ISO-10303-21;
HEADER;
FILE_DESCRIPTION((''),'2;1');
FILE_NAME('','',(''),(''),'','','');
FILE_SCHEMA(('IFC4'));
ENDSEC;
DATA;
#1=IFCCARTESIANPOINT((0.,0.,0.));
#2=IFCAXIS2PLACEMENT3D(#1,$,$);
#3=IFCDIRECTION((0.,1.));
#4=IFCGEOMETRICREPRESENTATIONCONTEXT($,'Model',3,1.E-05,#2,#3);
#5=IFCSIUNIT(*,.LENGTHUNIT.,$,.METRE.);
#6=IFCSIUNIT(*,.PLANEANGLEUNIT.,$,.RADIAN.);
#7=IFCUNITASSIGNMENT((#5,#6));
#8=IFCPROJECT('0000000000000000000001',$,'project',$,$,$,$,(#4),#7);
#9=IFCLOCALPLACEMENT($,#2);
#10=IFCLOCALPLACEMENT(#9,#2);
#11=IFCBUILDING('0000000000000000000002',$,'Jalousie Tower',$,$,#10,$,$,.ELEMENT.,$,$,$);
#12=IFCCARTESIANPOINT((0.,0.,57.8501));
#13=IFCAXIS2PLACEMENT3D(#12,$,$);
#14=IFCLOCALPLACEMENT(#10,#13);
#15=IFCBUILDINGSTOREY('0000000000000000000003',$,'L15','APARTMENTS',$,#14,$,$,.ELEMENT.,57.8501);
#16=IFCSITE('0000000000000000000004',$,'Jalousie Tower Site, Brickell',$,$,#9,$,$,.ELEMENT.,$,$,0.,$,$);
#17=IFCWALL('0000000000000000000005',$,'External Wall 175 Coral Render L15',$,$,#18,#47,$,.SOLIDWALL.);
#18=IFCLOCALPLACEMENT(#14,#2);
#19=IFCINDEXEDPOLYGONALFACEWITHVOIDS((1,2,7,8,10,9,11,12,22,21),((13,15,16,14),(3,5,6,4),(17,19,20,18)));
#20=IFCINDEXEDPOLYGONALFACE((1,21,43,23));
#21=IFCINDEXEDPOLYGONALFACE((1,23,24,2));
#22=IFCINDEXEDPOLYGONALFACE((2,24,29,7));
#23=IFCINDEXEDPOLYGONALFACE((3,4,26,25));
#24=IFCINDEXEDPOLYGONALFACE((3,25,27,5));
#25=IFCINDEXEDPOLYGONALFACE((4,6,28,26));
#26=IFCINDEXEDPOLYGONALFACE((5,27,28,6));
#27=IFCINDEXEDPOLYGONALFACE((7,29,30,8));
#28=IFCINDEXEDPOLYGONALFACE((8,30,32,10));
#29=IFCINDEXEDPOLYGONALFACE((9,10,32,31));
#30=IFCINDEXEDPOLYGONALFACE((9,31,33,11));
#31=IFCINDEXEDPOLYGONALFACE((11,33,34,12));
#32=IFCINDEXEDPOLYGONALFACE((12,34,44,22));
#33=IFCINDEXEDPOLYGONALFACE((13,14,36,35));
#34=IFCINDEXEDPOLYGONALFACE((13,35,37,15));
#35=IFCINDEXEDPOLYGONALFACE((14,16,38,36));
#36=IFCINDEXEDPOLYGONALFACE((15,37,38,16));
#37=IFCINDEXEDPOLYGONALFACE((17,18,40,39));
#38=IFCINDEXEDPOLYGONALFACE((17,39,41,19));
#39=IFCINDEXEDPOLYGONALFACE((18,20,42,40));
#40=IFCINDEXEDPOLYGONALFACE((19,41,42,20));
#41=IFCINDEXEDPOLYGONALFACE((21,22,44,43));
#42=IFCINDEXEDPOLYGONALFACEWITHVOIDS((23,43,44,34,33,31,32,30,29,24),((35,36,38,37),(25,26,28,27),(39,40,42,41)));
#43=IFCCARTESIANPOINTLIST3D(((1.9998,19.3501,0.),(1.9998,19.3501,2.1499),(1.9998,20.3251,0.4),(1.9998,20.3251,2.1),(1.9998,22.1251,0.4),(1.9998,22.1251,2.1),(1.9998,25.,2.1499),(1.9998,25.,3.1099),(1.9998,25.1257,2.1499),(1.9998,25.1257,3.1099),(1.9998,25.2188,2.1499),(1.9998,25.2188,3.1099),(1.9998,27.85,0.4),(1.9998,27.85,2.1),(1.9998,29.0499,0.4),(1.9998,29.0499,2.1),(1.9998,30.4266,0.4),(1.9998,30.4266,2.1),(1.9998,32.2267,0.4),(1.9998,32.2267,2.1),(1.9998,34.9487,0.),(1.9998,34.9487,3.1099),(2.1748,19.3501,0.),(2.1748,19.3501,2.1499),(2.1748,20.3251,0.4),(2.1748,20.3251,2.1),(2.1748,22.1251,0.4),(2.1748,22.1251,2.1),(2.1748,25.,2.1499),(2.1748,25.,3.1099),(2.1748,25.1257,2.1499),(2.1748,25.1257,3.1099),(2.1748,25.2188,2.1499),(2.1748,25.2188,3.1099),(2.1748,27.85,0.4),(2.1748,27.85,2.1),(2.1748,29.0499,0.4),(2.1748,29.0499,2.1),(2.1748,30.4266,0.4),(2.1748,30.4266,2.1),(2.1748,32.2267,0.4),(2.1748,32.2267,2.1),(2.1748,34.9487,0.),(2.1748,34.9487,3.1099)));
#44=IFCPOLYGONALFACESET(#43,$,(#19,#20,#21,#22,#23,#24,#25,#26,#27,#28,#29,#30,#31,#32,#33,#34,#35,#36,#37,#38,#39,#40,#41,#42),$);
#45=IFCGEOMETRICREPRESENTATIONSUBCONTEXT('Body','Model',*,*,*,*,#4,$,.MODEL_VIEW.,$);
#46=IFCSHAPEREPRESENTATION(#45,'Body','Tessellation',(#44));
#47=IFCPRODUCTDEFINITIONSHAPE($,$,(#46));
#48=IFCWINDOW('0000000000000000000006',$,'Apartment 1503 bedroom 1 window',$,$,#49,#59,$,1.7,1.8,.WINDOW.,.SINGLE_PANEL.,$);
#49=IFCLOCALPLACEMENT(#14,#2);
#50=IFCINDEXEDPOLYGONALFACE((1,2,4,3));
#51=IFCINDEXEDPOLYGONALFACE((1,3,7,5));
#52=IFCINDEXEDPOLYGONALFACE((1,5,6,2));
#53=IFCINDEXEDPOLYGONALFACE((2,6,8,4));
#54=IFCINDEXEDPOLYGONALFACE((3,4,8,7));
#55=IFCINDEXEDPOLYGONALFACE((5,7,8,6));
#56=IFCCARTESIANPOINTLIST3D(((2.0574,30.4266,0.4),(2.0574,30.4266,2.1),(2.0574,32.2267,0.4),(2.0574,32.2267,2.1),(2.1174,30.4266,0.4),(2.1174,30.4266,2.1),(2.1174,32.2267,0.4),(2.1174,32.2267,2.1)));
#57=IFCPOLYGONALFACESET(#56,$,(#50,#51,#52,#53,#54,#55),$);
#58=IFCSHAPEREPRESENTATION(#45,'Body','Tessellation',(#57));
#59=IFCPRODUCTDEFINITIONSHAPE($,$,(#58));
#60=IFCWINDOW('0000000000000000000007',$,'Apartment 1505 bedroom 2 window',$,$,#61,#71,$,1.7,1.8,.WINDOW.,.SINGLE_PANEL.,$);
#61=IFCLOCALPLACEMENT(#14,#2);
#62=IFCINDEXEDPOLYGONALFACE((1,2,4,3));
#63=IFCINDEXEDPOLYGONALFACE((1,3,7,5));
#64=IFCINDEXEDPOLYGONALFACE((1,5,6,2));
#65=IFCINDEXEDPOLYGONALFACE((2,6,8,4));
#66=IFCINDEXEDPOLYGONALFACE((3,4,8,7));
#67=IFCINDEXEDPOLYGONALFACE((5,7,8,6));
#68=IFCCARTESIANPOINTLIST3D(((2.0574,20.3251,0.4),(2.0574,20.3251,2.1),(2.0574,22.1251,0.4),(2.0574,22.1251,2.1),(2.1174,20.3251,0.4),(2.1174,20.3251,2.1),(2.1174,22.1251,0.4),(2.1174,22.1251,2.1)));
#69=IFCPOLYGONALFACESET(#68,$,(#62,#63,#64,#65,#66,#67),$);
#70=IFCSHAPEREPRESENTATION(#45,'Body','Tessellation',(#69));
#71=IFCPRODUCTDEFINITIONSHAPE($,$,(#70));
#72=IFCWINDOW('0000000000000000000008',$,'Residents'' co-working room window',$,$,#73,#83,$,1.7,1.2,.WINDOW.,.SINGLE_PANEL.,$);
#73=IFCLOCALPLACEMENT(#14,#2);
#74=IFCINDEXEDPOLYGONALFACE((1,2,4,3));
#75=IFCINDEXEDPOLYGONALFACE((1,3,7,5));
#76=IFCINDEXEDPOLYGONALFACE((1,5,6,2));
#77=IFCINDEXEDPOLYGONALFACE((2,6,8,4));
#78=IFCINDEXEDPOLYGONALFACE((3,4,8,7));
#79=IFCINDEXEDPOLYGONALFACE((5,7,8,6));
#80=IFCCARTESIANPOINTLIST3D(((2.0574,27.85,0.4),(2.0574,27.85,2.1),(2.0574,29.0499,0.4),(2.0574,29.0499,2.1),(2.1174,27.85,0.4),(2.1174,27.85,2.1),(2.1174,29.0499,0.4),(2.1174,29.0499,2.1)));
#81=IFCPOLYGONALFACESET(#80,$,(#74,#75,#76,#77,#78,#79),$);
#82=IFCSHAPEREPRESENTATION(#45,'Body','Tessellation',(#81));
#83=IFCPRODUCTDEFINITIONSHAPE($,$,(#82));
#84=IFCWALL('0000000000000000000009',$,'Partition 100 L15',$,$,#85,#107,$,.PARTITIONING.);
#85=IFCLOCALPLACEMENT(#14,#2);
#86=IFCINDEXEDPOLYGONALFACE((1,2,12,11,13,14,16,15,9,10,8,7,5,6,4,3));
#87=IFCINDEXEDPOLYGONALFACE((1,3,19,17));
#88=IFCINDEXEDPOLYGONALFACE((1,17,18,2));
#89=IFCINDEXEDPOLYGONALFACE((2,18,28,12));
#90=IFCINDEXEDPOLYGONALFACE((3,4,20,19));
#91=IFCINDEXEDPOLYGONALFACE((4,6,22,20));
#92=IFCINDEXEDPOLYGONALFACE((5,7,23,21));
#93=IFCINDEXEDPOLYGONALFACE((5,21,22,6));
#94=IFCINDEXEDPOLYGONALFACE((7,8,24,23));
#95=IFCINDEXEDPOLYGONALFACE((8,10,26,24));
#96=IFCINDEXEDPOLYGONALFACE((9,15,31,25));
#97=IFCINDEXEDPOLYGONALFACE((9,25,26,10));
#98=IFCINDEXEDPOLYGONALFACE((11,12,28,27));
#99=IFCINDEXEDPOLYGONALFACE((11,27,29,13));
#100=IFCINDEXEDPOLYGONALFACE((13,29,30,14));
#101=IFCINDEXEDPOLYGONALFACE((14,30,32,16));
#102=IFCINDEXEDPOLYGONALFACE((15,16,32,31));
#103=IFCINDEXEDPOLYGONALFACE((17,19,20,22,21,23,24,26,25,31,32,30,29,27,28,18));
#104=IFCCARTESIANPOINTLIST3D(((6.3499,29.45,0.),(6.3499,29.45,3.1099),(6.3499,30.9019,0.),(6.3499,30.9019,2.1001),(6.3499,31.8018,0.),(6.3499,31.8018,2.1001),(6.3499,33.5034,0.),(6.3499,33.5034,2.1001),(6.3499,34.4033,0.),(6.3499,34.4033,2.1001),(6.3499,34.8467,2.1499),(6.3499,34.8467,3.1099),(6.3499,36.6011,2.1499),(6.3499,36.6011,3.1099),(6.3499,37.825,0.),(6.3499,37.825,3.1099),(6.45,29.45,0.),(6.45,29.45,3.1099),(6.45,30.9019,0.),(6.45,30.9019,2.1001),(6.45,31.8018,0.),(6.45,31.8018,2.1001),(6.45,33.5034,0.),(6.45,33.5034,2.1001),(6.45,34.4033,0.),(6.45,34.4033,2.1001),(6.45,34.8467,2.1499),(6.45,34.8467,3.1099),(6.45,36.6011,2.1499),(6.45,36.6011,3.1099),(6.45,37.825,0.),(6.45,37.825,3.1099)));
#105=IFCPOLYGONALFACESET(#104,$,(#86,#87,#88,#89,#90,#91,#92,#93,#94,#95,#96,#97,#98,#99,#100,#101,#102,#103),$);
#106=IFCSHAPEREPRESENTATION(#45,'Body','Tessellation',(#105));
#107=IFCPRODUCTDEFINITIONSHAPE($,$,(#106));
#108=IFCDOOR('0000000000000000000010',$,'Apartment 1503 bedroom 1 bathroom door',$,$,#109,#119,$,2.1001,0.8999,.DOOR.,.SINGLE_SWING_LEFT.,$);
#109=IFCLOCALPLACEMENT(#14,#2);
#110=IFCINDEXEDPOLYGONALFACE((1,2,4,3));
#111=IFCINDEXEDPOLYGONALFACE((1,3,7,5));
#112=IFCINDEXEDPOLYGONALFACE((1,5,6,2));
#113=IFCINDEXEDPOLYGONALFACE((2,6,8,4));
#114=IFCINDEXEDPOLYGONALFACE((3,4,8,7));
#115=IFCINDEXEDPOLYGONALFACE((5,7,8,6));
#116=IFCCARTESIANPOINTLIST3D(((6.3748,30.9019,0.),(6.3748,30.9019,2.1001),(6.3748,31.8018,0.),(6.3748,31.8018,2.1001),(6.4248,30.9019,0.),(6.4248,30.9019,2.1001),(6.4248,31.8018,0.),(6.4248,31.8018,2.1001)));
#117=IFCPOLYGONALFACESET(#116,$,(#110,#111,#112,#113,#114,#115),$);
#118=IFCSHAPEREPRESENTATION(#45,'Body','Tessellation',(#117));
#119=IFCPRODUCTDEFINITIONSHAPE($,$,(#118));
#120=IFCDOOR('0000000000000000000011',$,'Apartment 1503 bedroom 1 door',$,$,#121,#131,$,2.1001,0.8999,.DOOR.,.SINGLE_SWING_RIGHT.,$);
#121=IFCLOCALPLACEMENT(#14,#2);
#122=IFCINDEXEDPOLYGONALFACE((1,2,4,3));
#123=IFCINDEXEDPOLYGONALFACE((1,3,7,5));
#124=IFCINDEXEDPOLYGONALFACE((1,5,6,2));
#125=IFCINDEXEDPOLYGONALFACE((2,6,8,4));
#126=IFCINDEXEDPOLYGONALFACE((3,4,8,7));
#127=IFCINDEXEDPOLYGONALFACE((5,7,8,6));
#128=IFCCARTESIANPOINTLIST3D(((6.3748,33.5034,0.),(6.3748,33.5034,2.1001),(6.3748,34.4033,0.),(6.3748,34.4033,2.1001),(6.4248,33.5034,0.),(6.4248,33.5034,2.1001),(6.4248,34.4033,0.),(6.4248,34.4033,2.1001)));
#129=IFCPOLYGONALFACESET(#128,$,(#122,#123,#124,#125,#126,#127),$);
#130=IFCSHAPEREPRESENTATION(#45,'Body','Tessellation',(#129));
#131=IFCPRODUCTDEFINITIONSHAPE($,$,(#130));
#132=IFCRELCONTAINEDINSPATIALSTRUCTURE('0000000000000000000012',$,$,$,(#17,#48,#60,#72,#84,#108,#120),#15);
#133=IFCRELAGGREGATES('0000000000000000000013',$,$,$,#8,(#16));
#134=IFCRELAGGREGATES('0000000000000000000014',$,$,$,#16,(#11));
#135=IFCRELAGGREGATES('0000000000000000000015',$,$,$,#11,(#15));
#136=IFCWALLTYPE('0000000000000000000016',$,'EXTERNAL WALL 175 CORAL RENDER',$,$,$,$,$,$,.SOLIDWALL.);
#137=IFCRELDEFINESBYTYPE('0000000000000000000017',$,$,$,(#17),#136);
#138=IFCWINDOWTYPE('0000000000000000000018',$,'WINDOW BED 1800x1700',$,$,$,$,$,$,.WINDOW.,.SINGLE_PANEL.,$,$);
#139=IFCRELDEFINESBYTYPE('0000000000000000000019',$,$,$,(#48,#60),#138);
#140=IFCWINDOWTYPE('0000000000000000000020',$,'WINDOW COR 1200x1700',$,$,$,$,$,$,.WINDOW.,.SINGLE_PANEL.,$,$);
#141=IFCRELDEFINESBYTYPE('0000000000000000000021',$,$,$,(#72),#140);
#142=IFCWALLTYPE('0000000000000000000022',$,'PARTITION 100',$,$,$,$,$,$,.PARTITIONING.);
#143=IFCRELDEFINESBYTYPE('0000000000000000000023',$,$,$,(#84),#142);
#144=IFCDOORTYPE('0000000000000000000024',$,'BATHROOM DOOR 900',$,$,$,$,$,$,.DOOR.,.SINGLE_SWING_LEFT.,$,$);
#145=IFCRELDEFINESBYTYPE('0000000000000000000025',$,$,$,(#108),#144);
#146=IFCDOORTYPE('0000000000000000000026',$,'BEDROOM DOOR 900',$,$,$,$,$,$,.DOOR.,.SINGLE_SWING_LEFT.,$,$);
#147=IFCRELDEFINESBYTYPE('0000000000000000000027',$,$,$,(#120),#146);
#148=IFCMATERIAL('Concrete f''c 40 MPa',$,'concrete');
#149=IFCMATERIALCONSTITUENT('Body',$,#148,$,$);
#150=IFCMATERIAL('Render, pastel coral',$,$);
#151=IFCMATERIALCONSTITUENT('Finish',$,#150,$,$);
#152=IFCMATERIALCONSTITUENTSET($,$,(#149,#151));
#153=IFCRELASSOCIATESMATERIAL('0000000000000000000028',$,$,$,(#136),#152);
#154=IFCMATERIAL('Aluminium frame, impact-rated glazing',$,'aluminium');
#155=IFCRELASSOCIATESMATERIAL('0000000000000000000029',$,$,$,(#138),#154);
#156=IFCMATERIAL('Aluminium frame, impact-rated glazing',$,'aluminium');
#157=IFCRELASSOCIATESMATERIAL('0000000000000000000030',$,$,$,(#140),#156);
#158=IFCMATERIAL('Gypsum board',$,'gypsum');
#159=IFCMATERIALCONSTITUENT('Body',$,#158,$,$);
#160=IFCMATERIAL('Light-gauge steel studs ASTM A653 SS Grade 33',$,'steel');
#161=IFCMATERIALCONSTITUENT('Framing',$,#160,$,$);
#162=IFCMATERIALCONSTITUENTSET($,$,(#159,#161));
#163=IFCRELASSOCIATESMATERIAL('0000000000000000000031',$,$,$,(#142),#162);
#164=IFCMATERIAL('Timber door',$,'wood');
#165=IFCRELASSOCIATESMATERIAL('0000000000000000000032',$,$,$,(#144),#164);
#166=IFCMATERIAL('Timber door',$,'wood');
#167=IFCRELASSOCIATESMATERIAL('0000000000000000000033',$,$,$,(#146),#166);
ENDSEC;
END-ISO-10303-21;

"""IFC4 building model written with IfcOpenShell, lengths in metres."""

from ifc_helpers import new_model, si_unit, direction, frame, frame_2d, origin, place, context, subcontext, project, spatial, polyline, rectangle, outline, extrude, material, constituent, constituent_set, type_object, element, fill, save


model = new_model("IFC4")

# Units and contexts
model_context = context("Model", 3, precision=1e-05, world=origin(), true_north=direction((0.0, 1.0)))
body_context = subcontext(model_context, "Body", "Model", "MODEL_VIEW")
ifc_project = project(units=[si_unit("LENGTHUNIT", "METRE"), si_unit("PLANEANGLEUNIT", "RADIAN")], contexts=[model_context])

# Site, building, storey
site_placement = place(None, origin())
site = spatial("IfcSite", under=ifc_project, at=site_placement, Name="Jalousie Tower Site, Brickell", CompositionType="ELEMENT", RefElevation=0.0)
building_placement = place(site_placement, origin())
building = spatial("IfcBuilding", under=site, at=building_placement, Name="Jalousie Tower", CompositionType="ELEMENT")
storey_placement = place(building_placement, frame((0.0, 0.0, 57.8501)))
storey = spatial("IfcBuildingStorey", under=building, at=storey_placement, Name="L15", Description="APARTMENTS", CompositionType="ELEMENT", Elevation=57.8501)

# Wall, openings, windows
ifc_material_1 = material(Name="Concrete f'c 40 MPa", Category="concrete")
ifc_constituent_1 = constituent(ifc_material_1, Name="Body")
ifc_material_2 = material(Name="Render, pastel coral")
ifc_constituent_2 = constituent(ifc_material_2, Name="Finish")
ifc_constituent_set_1 = constituent_set(constituents=[ifc_constituent_1, ifc_constituent_2])
wall_type_1 = type_object("IfcWallType", Name="EXTERNAL WALL 175 CORAL RENDER", PredefinedType="SOLIDWALL", material=ifc_constituent_set_1)
wall_1_placement = place(storey_placement, frame((2.0874, 34.9487, 0.0), z_axis=(0.0, 0.0, 1.0), x_axis=(0.0, -1.0, 0.0)))
wall_1 = element("IfcWall", 1, at=wall_1_placement, inside=storey, type_object=wall_type_1, Name="External Wall 175 Coral Render L15", PredefinedType="SOLIDWALL", context=body_context, shape_type="SweptSolid", body=[
    extrude(outline(polyline([(0.0, 0.0), (15.5986, 0.0), (15.5986, 2.1499), (9.9487, 2.1499), (9.9487, 3.1099), (9.823, 3.1099), (9.823, 2.1499), (9.73, 2.1499), (9.73, 3.1099), (0.0, 3.1099), (0.0, 0.0)])), frame((0.0, 0.0874, 0.0), z_axis=(0.0, -1.0, 0.0), x_axis=(1.0, 0.0, 0.0)), (0.0, 0.0, 1.0), 0.175),
])
opening_1_placement = place(wall_1_placement, frame((2.7222, 0.0, 0.3999)))
opening_1 = element("IfcOpeningElement", 2, at=opening_1_placement, cuts=wall_1, PredefinedType="OPENING", context=body_context, shape_type="SweptSolid", body=[
    extrude(rectangle(XDim=1.8, YDim=1.7, at=frame_2d((0.8999, 0.8501))), frame((0.0, 0.0974, 0.0), z_axis=(0.0, -1.0, 0.0), x_axis=(1.0, 0.0, 0.0)), (0.0, 0.0, 1.0), 0.1951),
])
opening_2_placement = place(wall_1_placement, frame((5.8987, 0.0, 0.3999)))
opening_2 = element("IfcOpeningElement", 3, at=opening_2_placement, cuts=wall_1, PredefinedType="OPENING", context=body_context, shape_type="SweptSolid", body=[
    extrude(rectangle(XDim=1.2, YDim=1.7, at=frame_2d((0.6001, 0.8501))), frame((0.0, 0.0974, 0.0), z_axis=(0.0, -1.0, 0.0), x_axis=(1.0, 0.0, 0.0)), (0.0, 0.0, 1.0), 0.1951),
])
opening_3_placement = place(wall_1_placement, frame((12.8237, 0.0, 0.3999)))
opening_3 = element("IfcOpeningElement", 4, at=opening_3_placement, cuts=wall_1, PredefinedType="OPENING", context=body_context, shape_type="SweptSolid", body=[
    extrude(rectangle(XDim=1.8, YDim=1.7, at=frame_2d((0.8999, 0.8501))), frame((0.0, 0.0974, 0.0), z_axis=(0.0, -1.0, 0.0), x_axis=(1.0, 0.0, 0.0)), (0.0, 0.0, 1.0), 0.1951),
])
ifc_material_3 = material(Name="Aluminium frame, impact-rated glazing", Category="aluminium")
window_type_1 = type_object("IfcWindowType", Name="WINDOW BED 1800x1700", PartitioningType="SINGLE_PANEL", PredefinedType="WINDOW", material=ifc_material_3)
window_1_placement = place(opening_1_placement, origin())
window_1 = element("IfcWindow", 5, at=window_1_placement, inside=storey, type_object=window_type_1, Name="Apartment 1503 bedroom 1 window", OverallHeight=1.7, OverallWidth=1.8, PartitioningType="SINGLE_PANEL", PredefinedType="WINDOW", context=body_context, shape_type="SweptSolid", body=[
    extrude(rectangle(XDim=1.8, YDim=1.7, at=frame_2d((0.8999, 0.8501))), frame((0.0, 0.03, 0.0), z_axis=(0.0, -1.0, 0.0), x_axis=(1.0, 0.0, 0.0)), (0.0, 0.0, 1.0), 0.0601),
])
fill(opening_1, window_1)
window_2_placement = place(opening_3_placement, origin())
window_2 = element("IfcWindow", 6, at=window_2_placement, inside=storey, type_object=window_type_1, Name="Apartment 1505 bedroom 2 window", OverallHeight=1.7, OverallWidth=1.8, PartitioningType="SINGLE_PANEL", PredefinedType="WINDOW", context=body_context, shape_type="SweptSolid", body=[
    extrude(rectangle(XDim=1.8, YDim=1.7, at=frame_2d((0.8999, 0.8501))), frame((0.0, 0.03, 0.0), z_axis=(0.0, -1.0, 0.0), x_axis=(1.0, 0.0, 0.0)), (0.0, 0.0, 1.0), 0.0601),
])
fill(opening_3, window_2)
ifc_material_4 = material(Name="Aluminium frame, impact-rated glazing", Category="aluminium")
window_type_2 = type_object("IfcWindowType", Name="WINDOW COR 1200x1700", PartitioningType="SINGLE_PANEL", PredefinedType="WINDOW", material=ifc_material_4)
window_3_placement = place(opening_2_placement, origin())
window_3 = element("IfcWindow", 7, at=window_3_placement, inside=storey, type_object=window_type_2, Name="Residents' co-working room window", OverallHeight=1.7, OverallWidth=1.2, PartitioningType="SINGLE_PANEL", PredefinedType="WINDOW", context=body_context, shape_type="SweptSolid", body=[
    extrude(rectangle(XDim=1.2, YDim=1.7, at=frame_2d((0.6001, 0.8501))), frame((0.0, 0.03, 0.0), z_axis=(0.0, -1.0, 0.0), x_axis=(1.0, 0.0, 0.0)), (0.0, 0.0, 1.0), 0.0601),
])
fill(opening_2, window_3)

# Wall, openings, doors
ifc_material_5 = material(Name="Gypsum board", Category="gypsum")
ifc_constituent_3 = constituent(ifc_material_5, Name="Body")
ifc_material_6 = material(Name="Light-gauge steel studs ASTM A653 SS Grade 33", Category="steel")
ifc_constituent_4 = constituent(ifc_material_6, Name="Framing")
ifc_constituent_set_2 = constituent_set(constituents=[ifc_constituent_3, ifc_constituent_4])
wall_type_2 = type_object("IfcWallType", Name="PARTITION 100", PredefinedType="PARTITIONING", material=ifc_constituent_set_2)
wall_2_placement = place(storey_placement, frame((6.3999, 37.825, 0.0), z_axis=(0.0, 0.0, 1.0), x_axis=(0.0, -1.0, 0.0)))
wall_2 = element("IfcWall", 8, at=wall_2_placement, inside=storey, type_object=wall_type_2, Name="Partition 100 L15", PredefinedType="PARTITIONING", context=body_context, shape_type="SweptSolid", body=[
    extrude(outline(polyline([(0.0, 0.0), (8.375, 0.0), (8.375, 3.1099), (2.9783, 3.1099), (2.9783, 2.1499), (1.2239, 2.1499), (1.2239, 3.1099), (0.0, 3.1099), (0.0, 0.0)])), frame((0.0, 0.05, 0.0), z_axis=(0.0, -1.0, 0.0), x_axis=(1.0, 0.0, 0.0)), (0.0, 0.0, 1.0), 0.1001),
])
opening_4_placement = place(wall_2_placement, frame((3.4216, 0.0, 0.0)))
opening_4 = element("IfcOpeningElement", 9, at=opening_4_placement, cuts=wall_2, PredefinedType="OPENING", context=body_context, shape_type="SweptSolid", body=[
    extrude(rectangle(XDim=0.8999, YDim=2.1001, at=frame_2d((0.45, 1.05))), frame((0.0, 0.0601, 0.0), z_axis=(0.0, -1.0, 0.0), x_axis=(1.0, 0.0, 0.0)), (0.0, 0.0, 1.0), 0.1201),
])
opening_5_placement = place(wall_2_placement, frame((6.0232, 0.0, 0.0)))
opening_5 = element("IfcOpeningElement", 10, at=opening_5_placement, cuts=wall_2, PredefinedType="OPENING", context=body_context, shape_type="SweptSolid", body=[
    extrude(rectangle(XDim=0.8999, YDim=2.1001, at=frame_2d((0.45, 1.05))), frame((0.0, 0.0601, 0.0), z_axis=(0.0, -1.0, 0.0), x_axis=(1.0, 0.0, 0.0)), (0.0, 0.0, 1.0), 0.1201),
])
ifc_material_7 = material(Name="Timber door", Category="wood")
door_type_1 = type_object("IfcDoorType", Name="BATHROOM DOOR 900", OperationType="SINGLE_SWING_LEFT", PredefinedType="DOOR", material=ifc_material_7)
door_1_placement = place(opening_5_placement, origin())
door_1 = element("IfcDoor", 11, at=door_1_placement, inside=storey, type_object=door_type_1, Name="Apartment 1503 bedroom 1 bathroom door", OperationType="SINGLE_SWING_LEFT", OverallHeight=2.1001, OverallWidth=0.8999, PredefinedType="DOOR", context=body_context, shape_type="SweptSolid", body=[
    extrude(rectangle(XDim=0.8999, YDim=2.1001, at=frame_2d((0.45, 1.05))), frame((0.0, 0.0249, 0.0), z_axis=(0.0, -1.0, 0.0), x_axis=(1.0, 0.0, 0.0)), (0.0, 0.0, 1.0), 0.05),
])
fill(opening_5, door_1)
ifc_material_8 = material(Name="Timber door", Category="wood")
door_type_2 = type_object("IfcDoorType", Name="BEDROOM DOOR 900", OperationType="SINGLE_SWING_LEFT", PredefinedType="DOOR", material=ifc_material_8)
door_2_placement = place(opening_4_placement, origin())
door_2 = element("IfcDoor", 12, at=door_2_placement, inside=storey, type_object=door_type_2, Name="Apartment 1503 bedroom 1 door", OperationType="SINGLE_SWING_RIGHT", OverallHeight=2.1001, OverallWidth=0.8999, PredefinedType="DOOR", context=body_context, shape_type="SweptSolid", body=[
    extrude(rectangle(XDim=0.8999, YDim=2.1001, at=frame_2d((0.45, 1.05))), frame((0.0, 0.0249, 0.0), z_axis=(0.0, -1.0, 0.0), x_axis=(1.0, 0.0, 0.0)), (0.0, 0.0, 1.0), 0.05),
])
fill(opening_4, door_2)

save(model, "model.ifc")
